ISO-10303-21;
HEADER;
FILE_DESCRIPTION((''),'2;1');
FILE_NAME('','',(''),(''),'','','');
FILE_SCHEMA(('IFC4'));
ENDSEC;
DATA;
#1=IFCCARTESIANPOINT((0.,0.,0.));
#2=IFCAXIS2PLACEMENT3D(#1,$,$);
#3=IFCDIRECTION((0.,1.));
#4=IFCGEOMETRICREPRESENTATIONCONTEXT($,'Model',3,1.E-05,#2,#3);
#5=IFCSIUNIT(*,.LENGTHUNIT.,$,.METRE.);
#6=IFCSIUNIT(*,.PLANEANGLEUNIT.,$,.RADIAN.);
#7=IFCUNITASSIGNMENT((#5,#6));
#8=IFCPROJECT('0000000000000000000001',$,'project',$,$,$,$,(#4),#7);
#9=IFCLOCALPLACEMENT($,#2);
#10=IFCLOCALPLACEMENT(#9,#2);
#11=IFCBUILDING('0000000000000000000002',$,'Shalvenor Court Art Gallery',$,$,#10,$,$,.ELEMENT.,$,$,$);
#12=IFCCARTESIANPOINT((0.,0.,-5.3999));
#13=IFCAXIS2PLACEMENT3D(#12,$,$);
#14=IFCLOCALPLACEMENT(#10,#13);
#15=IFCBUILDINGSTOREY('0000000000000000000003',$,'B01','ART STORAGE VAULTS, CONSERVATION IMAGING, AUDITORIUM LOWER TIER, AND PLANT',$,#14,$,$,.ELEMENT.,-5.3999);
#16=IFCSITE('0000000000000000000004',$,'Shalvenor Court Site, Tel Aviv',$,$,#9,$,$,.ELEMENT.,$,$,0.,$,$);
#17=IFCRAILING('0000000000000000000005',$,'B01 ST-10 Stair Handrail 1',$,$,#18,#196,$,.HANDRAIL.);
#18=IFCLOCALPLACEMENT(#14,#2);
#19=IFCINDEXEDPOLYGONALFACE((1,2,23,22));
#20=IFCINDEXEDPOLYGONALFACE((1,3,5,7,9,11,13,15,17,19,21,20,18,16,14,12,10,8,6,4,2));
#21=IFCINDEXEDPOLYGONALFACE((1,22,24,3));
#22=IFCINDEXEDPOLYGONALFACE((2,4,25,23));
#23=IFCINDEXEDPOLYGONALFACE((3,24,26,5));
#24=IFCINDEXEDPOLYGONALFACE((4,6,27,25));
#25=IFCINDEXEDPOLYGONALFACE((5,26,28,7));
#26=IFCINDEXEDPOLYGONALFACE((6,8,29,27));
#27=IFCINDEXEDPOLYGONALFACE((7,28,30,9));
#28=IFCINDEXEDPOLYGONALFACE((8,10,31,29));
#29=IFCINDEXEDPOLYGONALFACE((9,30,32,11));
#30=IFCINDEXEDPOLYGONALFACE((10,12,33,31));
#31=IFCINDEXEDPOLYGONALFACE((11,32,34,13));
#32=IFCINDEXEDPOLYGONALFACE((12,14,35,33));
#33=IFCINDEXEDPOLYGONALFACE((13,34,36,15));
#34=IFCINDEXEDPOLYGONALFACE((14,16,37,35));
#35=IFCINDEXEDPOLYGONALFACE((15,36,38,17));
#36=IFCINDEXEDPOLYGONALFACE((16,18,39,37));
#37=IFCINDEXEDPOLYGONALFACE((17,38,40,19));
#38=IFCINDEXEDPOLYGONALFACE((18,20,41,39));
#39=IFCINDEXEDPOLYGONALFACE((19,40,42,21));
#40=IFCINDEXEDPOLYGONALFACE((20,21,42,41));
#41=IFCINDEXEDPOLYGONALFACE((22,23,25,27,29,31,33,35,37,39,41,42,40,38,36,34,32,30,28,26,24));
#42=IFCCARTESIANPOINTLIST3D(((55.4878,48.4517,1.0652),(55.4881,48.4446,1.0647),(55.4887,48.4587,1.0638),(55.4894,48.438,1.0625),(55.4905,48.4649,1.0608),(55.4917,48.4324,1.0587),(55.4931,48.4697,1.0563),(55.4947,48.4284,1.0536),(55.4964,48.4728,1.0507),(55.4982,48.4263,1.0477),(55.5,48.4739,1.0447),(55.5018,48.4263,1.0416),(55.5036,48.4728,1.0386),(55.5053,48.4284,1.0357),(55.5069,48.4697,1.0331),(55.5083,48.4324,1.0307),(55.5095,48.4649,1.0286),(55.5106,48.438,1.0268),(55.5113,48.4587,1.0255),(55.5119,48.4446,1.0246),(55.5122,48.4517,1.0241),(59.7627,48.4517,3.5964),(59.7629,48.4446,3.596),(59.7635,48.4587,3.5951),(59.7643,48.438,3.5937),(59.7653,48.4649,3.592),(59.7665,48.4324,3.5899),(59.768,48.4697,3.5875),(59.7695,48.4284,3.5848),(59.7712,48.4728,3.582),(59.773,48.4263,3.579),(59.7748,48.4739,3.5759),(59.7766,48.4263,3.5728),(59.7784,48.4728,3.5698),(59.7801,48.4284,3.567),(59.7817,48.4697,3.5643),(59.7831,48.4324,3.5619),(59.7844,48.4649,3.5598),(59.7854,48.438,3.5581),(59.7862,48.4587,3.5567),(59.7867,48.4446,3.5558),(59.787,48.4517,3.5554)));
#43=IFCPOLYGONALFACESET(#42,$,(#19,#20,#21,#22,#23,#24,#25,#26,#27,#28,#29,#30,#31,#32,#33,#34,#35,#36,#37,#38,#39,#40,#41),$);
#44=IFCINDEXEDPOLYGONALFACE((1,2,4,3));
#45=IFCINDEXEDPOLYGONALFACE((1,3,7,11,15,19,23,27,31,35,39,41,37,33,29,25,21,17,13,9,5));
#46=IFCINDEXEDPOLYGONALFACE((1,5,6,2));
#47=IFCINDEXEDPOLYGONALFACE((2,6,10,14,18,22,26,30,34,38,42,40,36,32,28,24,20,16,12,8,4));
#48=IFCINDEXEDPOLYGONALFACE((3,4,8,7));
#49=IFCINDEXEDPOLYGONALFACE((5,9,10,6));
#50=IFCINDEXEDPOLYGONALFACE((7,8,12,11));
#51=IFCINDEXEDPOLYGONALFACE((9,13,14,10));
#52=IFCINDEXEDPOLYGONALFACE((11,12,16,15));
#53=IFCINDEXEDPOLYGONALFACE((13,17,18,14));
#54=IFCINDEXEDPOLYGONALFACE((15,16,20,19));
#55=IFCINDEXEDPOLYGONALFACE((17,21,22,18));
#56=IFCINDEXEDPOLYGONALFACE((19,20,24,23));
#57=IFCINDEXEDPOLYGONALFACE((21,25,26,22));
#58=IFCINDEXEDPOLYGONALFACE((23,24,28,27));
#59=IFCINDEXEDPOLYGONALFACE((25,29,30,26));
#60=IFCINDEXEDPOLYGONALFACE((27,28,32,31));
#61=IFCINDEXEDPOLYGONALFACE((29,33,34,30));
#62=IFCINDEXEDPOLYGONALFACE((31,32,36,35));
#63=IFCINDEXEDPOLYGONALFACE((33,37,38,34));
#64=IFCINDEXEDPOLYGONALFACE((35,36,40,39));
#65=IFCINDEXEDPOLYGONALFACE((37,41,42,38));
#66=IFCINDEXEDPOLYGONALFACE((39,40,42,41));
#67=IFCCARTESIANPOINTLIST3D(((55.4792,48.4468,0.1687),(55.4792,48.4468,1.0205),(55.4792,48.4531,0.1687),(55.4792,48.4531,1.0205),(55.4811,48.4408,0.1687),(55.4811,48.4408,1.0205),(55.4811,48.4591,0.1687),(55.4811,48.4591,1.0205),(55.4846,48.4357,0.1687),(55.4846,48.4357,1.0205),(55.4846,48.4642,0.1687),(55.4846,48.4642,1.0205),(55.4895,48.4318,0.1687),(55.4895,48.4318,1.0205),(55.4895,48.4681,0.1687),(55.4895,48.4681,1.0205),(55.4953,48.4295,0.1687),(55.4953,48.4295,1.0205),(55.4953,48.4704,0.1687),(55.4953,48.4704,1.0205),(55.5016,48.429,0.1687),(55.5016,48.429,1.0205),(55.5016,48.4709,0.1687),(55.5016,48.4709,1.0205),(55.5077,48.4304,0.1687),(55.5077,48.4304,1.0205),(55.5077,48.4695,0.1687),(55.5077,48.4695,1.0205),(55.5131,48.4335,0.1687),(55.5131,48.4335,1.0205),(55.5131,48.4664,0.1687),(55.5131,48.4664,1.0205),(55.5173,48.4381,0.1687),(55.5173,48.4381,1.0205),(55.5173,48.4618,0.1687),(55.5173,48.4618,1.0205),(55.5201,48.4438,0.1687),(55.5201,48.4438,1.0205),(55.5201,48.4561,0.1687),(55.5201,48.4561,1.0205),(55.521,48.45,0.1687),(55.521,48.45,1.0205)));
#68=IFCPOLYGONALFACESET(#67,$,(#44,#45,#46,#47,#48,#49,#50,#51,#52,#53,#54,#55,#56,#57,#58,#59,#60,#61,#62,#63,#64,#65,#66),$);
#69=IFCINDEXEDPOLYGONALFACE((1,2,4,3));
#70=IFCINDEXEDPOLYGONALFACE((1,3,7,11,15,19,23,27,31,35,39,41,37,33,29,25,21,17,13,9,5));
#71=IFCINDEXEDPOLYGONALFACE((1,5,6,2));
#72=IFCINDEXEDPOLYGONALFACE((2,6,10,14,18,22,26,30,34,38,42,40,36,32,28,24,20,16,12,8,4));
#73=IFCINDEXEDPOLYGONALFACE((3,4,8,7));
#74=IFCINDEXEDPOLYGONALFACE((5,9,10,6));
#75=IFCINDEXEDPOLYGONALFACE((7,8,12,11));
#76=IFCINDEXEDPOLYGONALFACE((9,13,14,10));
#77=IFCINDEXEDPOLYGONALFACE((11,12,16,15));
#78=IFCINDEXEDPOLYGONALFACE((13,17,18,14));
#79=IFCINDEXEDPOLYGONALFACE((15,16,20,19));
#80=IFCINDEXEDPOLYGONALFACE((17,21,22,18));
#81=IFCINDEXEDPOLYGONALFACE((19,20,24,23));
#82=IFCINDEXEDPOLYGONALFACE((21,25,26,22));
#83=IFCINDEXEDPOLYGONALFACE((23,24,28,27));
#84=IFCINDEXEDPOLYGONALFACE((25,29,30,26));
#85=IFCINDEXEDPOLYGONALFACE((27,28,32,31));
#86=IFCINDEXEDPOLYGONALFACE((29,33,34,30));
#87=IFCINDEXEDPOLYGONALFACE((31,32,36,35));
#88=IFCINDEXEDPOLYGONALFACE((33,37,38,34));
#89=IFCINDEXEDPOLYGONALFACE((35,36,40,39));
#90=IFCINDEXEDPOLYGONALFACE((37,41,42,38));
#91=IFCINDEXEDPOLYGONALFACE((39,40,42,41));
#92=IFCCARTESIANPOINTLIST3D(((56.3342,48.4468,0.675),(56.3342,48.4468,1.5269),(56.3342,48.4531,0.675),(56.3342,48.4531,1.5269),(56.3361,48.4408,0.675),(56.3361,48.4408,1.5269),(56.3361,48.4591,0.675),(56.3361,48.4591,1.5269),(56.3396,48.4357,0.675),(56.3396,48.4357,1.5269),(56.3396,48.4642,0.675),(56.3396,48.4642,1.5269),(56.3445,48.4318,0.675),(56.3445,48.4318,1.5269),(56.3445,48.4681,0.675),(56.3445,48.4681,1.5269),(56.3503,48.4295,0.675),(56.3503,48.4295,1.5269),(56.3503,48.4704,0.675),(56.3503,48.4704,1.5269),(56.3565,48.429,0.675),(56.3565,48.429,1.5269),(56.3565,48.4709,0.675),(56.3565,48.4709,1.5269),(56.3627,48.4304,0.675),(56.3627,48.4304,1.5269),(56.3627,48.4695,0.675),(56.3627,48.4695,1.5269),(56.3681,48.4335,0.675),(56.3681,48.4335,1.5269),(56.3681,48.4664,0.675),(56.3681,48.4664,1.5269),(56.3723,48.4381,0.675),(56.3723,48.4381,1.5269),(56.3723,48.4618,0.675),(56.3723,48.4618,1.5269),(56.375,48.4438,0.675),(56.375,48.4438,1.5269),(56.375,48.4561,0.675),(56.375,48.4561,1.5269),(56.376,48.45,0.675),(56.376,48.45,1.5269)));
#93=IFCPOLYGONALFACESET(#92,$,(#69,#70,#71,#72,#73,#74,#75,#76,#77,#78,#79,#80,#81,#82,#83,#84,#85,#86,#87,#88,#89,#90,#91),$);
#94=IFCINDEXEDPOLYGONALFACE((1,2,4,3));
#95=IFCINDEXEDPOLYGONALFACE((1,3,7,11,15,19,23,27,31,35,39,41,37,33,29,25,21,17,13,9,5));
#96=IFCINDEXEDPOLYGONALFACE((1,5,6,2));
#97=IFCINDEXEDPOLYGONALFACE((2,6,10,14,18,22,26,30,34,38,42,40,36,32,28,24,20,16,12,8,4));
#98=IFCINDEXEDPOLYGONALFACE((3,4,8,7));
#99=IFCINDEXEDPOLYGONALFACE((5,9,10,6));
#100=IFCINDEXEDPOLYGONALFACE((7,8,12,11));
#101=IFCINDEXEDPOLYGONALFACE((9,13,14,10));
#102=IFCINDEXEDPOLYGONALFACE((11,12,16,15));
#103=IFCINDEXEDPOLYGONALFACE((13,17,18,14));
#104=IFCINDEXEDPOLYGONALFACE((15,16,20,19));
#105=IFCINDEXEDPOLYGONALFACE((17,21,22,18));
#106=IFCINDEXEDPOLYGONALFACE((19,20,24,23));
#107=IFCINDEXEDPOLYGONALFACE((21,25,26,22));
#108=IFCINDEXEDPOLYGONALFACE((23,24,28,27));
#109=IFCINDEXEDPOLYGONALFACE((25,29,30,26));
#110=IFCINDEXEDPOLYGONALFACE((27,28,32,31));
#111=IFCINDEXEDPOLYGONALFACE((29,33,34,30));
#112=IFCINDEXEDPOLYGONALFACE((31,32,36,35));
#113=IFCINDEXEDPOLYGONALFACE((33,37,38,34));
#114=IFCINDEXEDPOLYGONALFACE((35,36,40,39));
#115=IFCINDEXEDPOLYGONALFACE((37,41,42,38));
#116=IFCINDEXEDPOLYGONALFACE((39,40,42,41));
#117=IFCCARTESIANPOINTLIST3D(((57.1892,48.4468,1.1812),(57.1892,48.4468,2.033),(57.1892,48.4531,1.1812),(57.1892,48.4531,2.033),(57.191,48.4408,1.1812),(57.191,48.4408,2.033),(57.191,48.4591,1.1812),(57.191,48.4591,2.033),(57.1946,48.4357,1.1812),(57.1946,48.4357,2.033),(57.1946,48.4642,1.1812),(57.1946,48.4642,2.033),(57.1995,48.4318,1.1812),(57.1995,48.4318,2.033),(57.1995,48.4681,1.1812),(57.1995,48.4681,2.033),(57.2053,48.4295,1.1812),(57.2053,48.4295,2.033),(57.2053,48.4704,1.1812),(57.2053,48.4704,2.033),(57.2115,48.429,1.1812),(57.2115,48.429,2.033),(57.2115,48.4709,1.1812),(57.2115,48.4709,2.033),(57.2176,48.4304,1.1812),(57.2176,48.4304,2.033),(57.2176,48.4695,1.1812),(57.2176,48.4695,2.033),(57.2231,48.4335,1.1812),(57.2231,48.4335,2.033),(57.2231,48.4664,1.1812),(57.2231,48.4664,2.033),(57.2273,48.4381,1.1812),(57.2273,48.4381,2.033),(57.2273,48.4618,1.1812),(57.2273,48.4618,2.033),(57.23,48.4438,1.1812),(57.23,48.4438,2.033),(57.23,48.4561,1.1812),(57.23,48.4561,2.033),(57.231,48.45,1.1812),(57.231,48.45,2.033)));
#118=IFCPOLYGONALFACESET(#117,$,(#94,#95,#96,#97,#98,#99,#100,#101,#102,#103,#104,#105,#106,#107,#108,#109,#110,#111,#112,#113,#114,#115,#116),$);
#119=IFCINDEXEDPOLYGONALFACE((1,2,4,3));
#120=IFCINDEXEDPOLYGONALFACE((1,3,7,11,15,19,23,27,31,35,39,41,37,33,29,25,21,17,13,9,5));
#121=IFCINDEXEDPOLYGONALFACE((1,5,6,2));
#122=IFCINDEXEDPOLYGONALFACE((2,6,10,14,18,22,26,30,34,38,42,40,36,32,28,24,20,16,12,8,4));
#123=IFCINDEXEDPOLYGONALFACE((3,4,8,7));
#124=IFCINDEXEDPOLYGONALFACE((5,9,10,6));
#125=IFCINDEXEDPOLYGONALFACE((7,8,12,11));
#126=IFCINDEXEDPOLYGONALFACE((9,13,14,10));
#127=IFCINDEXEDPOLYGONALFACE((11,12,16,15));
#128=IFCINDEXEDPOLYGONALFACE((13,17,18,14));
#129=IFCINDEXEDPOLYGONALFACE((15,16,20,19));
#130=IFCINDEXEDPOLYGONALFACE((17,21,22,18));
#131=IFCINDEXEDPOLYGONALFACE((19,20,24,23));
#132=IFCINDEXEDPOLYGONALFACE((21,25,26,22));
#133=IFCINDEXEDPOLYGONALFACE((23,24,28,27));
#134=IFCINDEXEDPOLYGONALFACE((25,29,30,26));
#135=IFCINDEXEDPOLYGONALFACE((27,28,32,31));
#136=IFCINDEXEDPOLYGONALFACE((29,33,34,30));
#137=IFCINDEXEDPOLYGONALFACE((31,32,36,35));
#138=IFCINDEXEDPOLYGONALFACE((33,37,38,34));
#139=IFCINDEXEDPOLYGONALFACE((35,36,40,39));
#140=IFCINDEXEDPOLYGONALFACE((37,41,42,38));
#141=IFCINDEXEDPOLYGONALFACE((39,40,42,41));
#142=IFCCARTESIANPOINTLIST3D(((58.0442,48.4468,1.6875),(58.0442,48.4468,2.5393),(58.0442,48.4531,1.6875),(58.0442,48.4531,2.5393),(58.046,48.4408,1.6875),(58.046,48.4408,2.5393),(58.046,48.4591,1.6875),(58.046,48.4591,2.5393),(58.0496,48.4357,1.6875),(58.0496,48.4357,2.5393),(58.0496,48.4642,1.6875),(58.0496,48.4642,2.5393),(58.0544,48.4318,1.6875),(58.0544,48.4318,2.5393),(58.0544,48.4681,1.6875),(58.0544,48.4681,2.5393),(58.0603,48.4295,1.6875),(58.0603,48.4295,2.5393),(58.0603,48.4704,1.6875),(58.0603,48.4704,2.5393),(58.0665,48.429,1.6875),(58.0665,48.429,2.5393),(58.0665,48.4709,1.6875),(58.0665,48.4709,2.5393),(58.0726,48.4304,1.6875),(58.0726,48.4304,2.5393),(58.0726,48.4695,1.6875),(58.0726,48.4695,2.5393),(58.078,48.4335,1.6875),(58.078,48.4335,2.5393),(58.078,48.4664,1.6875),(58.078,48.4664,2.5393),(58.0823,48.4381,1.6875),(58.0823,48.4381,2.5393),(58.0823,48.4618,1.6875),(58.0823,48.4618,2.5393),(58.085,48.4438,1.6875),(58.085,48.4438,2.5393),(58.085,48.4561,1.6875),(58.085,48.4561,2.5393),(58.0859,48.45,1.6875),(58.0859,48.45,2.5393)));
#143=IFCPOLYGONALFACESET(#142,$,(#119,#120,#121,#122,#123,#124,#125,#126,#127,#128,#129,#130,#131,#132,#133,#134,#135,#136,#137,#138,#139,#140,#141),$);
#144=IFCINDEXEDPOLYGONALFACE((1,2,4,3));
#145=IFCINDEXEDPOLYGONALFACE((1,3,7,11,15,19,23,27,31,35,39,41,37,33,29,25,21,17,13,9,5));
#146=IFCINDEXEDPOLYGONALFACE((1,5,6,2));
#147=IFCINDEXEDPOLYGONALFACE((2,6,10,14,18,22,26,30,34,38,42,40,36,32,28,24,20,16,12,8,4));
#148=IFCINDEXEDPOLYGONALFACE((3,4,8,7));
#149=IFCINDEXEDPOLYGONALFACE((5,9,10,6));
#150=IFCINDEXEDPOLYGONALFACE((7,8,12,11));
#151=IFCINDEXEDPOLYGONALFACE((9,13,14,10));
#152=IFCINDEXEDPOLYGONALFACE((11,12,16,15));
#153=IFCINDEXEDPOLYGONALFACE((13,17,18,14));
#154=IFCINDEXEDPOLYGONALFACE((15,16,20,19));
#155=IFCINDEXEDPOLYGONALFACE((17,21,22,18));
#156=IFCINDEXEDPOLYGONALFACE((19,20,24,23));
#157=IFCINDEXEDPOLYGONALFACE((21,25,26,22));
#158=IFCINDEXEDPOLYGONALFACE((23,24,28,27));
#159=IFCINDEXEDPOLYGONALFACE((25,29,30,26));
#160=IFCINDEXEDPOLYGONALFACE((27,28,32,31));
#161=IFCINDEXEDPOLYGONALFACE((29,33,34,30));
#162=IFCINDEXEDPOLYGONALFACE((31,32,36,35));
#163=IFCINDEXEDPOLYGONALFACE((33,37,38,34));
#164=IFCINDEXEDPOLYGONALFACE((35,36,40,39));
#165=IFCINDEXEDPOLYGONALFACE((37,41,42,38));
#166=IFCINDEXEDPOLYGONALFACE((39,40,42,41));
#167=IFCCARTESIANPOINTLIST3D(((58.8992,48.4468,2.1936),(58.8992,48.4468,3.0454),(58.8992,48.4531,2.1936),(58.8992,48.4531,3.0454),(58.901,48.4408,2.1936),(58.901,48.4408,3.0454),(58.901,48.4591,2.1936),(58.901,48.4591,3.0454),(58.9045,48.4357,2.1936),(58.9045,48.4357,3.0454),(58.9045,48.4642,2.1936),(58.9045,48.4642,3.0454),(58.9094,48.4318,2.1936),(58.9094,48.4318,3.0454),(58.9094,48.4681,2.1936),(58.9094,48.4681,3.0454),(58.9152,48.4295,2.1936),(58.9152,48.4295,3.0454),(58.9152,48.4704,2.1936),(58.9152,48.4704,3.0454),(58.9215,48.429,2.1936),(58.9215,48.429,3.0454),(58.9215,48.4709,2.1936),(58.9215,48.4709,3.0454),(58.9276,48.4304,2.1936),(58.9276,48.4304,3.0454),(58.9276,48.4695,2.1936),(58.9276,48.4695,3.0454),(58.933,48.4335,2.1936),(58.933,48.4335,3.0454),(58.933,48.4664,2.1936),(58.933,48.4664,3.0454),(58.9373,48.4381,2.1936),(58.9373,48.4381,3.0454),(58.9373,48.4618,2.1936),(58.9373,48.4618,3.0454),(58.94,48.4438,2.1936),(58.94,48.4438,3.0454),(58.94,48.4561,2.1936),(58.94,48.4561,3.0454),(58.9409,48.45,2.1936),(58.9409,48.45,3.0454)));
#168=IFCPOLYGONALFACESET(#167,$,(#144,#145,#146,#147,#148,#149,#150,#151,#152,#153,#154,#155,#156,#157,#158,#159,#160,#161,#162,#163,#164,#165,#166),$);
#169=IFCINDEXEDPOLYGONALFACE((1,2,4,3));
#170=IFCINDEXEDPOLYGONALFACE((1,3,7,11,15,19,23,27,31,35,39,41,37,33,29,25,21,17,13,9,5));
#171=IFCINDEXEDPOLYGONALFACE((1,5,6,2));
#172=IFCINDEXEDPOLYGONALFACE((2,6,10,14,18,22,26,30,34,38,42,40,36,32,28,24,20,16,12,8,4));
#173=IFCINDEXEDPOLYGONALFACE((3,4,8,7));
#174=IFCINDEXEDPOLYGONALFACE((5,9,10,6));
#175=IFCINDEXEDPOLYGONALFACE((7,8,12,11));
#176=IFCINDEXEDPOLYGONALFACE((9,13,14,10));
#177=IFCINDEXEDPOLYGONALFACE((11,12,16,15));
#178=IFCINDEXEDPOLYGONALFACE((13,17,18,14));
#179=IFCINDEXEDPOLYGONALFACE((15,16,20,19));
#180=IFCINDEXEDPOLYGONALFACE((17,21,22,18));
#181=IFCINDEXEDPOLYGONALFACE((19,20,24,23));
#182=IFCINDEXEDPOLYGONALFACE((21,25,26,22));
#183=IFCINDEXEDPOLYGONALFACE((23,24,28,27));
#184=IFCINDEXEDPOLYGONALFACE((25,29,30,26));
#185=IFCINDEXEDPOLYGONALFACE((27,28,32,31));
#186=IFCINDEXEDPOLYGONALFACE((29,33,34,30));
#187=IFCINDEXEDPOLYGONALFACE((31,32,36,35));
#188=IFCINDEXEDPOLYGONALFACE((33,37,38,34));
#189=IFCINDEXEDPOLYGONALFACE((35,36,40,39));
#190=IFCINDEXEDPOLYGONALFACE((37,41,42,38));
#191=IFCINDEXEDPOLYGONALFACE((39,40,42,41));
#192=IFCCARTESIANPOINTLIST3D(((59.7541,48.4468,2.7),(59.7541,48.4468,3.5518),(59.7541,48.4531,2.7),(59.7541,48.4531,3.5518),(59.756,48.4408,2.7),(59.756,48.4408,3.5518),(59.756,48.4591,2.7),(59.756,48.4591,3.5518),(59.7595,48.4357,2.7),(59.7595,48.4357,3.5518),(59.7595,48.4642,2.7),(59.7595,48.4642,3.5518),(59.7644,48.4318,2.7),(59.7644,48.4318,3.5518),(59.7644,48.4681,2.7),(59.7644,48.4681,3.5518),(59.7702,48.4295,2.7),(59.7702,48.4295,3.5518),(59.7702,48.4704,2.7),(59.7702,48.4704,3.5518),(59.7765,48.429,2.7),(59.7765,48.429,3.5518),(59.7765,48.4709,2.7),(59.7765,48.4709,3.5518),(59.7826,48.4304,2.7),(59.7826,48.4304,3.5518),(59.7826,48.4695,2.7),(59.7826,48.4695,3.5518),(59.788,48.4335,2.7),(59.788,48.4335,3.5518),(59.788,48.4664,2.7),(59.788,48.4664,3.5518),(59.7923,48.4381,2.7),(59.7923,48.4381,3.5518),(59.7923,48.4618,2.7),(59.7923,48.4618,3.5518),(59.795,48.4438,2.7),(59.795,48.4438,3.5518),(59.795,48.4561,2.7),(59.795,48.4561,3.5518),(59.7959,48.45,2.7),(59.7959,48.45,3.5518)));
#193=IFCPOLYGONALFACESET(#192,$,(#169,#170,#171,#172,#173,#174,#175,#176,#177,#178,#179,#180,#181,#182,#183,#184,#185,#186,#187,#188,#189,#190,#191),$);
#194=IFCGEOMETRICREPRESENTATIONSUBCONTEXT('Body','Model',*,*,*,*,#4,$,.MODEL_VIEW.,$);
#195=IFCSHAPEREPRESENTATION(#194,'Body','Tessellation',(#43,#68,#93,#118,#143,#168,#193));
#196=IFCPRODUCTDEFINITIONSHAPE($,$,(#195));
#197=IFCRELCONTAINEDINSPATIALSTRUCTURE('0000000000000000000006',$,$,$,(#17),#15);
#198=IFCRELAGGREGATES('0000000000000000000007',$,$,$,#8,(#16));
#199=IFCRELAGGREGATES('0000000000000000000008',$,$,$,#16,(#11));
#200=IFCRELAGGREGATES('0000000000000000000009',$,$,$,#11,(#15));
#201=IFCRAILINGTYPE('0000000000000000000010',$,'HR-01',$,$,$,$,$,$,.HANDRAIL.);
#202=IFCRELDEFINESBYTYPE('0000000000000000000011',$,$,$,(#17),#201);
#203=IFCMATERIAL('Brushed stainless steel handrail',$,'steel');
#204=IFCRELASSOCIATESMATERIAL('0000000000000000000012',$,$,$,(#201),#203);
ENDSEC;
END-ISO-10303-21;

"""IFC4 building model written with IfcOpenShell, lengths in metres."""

from ifc_helpers import new_model, si_unit, direction, frame, origin, origin_2d, place, context, subcontext, project, spatial, circle, extrude, material, type_object, element, save


model = new_model("IFC4")

# Units and contexts
model_context = context("Model", 3, precision=1e-05, world=origin(), true_north=direction((0.0, 1.0)))
body_context = subcontext(model_context, "Body", "Model", "MODEL_VIEW")
ifc_project = project(units=[si_unit("LENGTHUNIT", "METRE"), si_unit("PLANEANGLEUNIT", "RADIAN")], contexts=[model_context])

# Site, building, storey
site_placement = place(None, origin())
site = spatial("IfcSite", under=ifc_project, at=site_placement, Name="Shalvenor Court Site, Tel Aviv", CompositionType="ELEMENT", RefElevation=0.0)
building_placement = place(site_placement, origin())
building = spatial("IfcBuilding", under=site, at=building_placement, Name="Shalvenor Court Art Gallery", CompositionType="ELEMENT")
storey_placement = place(building_placement, frame((0.0, 0.0, -5.3999)))
storey = spatial("IfcBuildingStorey", under=building, at=storey_placement, Name="B01", Description="ART STORAGE VAULTS, CONSERVATION IMAGING, AUDITORIUM LOWER TIER, AND PLANT", CompositionType="ELEMENT", Elevation=-5.3999)

# Railing
ifc_material_1 = material(Name="Brushed stainless steel handrail", Category="steel")
railing_type_1 = type_object("IfcRailingType", Name="HR-01", PredefinedType="HANDRAIL", material=ifc_material_1)
railing_1_placement = place(storey_placement, frame((55.5, 48.45, 0.1687)))
element("IfcRailing", 1, at=railing_1_placement, inside=storey, type_object=railing_type_1, Name="B01 ST-10 Stair Handrail 1", PredefinedType="HANDRAIL", context=body_context, shape_type="SweptSolid", body=[
    extrude(circle(Radius=0.0239, at=origin_2d()), frame((0.0, 0.0, 0.876), z_axis=(0.86047, 0.0, 0.509501), x_axis=(0.0, 1.0, 0.0)), (0.0, 0.0, 1.0), 4.968),
    extrude(circle(Radius=0.021, at=origin_2d()), origin(), (0.0, 0.0, 1.0), 0.8518),
    extrude(circle(Radius=0.021, at=origin_2d()), frame((0.855, 0.0, 0.5063)), (0.0, 0.0, 1.0), 0.8518),
    extrude(circle(Radius=0.021, at=origin_2d()), frame((1.71, 0.0, 1.0125)), (0.0, 0.0, 1.0), 0.8518),
    extrude(circle(Radius=0.021, at=origin_2d()), frame((2.5649, 0.0, 1.5188)), (0.0, 0.0, 1.0), 0.8518),
    extrude(circle(Radius=0.021, at=origin_2d()), frame((3.4199, 0.0, 2.0249)), (0.0, 0.0, 1.0), 0.8518),
    extrude(circle(Radius=0.021, at=origin_2d()), frame((4.2749, 0.0, 2.5312)), (0.0, 0.0, 1.0), 0.8518),
])

save(model, "model.ifc")
